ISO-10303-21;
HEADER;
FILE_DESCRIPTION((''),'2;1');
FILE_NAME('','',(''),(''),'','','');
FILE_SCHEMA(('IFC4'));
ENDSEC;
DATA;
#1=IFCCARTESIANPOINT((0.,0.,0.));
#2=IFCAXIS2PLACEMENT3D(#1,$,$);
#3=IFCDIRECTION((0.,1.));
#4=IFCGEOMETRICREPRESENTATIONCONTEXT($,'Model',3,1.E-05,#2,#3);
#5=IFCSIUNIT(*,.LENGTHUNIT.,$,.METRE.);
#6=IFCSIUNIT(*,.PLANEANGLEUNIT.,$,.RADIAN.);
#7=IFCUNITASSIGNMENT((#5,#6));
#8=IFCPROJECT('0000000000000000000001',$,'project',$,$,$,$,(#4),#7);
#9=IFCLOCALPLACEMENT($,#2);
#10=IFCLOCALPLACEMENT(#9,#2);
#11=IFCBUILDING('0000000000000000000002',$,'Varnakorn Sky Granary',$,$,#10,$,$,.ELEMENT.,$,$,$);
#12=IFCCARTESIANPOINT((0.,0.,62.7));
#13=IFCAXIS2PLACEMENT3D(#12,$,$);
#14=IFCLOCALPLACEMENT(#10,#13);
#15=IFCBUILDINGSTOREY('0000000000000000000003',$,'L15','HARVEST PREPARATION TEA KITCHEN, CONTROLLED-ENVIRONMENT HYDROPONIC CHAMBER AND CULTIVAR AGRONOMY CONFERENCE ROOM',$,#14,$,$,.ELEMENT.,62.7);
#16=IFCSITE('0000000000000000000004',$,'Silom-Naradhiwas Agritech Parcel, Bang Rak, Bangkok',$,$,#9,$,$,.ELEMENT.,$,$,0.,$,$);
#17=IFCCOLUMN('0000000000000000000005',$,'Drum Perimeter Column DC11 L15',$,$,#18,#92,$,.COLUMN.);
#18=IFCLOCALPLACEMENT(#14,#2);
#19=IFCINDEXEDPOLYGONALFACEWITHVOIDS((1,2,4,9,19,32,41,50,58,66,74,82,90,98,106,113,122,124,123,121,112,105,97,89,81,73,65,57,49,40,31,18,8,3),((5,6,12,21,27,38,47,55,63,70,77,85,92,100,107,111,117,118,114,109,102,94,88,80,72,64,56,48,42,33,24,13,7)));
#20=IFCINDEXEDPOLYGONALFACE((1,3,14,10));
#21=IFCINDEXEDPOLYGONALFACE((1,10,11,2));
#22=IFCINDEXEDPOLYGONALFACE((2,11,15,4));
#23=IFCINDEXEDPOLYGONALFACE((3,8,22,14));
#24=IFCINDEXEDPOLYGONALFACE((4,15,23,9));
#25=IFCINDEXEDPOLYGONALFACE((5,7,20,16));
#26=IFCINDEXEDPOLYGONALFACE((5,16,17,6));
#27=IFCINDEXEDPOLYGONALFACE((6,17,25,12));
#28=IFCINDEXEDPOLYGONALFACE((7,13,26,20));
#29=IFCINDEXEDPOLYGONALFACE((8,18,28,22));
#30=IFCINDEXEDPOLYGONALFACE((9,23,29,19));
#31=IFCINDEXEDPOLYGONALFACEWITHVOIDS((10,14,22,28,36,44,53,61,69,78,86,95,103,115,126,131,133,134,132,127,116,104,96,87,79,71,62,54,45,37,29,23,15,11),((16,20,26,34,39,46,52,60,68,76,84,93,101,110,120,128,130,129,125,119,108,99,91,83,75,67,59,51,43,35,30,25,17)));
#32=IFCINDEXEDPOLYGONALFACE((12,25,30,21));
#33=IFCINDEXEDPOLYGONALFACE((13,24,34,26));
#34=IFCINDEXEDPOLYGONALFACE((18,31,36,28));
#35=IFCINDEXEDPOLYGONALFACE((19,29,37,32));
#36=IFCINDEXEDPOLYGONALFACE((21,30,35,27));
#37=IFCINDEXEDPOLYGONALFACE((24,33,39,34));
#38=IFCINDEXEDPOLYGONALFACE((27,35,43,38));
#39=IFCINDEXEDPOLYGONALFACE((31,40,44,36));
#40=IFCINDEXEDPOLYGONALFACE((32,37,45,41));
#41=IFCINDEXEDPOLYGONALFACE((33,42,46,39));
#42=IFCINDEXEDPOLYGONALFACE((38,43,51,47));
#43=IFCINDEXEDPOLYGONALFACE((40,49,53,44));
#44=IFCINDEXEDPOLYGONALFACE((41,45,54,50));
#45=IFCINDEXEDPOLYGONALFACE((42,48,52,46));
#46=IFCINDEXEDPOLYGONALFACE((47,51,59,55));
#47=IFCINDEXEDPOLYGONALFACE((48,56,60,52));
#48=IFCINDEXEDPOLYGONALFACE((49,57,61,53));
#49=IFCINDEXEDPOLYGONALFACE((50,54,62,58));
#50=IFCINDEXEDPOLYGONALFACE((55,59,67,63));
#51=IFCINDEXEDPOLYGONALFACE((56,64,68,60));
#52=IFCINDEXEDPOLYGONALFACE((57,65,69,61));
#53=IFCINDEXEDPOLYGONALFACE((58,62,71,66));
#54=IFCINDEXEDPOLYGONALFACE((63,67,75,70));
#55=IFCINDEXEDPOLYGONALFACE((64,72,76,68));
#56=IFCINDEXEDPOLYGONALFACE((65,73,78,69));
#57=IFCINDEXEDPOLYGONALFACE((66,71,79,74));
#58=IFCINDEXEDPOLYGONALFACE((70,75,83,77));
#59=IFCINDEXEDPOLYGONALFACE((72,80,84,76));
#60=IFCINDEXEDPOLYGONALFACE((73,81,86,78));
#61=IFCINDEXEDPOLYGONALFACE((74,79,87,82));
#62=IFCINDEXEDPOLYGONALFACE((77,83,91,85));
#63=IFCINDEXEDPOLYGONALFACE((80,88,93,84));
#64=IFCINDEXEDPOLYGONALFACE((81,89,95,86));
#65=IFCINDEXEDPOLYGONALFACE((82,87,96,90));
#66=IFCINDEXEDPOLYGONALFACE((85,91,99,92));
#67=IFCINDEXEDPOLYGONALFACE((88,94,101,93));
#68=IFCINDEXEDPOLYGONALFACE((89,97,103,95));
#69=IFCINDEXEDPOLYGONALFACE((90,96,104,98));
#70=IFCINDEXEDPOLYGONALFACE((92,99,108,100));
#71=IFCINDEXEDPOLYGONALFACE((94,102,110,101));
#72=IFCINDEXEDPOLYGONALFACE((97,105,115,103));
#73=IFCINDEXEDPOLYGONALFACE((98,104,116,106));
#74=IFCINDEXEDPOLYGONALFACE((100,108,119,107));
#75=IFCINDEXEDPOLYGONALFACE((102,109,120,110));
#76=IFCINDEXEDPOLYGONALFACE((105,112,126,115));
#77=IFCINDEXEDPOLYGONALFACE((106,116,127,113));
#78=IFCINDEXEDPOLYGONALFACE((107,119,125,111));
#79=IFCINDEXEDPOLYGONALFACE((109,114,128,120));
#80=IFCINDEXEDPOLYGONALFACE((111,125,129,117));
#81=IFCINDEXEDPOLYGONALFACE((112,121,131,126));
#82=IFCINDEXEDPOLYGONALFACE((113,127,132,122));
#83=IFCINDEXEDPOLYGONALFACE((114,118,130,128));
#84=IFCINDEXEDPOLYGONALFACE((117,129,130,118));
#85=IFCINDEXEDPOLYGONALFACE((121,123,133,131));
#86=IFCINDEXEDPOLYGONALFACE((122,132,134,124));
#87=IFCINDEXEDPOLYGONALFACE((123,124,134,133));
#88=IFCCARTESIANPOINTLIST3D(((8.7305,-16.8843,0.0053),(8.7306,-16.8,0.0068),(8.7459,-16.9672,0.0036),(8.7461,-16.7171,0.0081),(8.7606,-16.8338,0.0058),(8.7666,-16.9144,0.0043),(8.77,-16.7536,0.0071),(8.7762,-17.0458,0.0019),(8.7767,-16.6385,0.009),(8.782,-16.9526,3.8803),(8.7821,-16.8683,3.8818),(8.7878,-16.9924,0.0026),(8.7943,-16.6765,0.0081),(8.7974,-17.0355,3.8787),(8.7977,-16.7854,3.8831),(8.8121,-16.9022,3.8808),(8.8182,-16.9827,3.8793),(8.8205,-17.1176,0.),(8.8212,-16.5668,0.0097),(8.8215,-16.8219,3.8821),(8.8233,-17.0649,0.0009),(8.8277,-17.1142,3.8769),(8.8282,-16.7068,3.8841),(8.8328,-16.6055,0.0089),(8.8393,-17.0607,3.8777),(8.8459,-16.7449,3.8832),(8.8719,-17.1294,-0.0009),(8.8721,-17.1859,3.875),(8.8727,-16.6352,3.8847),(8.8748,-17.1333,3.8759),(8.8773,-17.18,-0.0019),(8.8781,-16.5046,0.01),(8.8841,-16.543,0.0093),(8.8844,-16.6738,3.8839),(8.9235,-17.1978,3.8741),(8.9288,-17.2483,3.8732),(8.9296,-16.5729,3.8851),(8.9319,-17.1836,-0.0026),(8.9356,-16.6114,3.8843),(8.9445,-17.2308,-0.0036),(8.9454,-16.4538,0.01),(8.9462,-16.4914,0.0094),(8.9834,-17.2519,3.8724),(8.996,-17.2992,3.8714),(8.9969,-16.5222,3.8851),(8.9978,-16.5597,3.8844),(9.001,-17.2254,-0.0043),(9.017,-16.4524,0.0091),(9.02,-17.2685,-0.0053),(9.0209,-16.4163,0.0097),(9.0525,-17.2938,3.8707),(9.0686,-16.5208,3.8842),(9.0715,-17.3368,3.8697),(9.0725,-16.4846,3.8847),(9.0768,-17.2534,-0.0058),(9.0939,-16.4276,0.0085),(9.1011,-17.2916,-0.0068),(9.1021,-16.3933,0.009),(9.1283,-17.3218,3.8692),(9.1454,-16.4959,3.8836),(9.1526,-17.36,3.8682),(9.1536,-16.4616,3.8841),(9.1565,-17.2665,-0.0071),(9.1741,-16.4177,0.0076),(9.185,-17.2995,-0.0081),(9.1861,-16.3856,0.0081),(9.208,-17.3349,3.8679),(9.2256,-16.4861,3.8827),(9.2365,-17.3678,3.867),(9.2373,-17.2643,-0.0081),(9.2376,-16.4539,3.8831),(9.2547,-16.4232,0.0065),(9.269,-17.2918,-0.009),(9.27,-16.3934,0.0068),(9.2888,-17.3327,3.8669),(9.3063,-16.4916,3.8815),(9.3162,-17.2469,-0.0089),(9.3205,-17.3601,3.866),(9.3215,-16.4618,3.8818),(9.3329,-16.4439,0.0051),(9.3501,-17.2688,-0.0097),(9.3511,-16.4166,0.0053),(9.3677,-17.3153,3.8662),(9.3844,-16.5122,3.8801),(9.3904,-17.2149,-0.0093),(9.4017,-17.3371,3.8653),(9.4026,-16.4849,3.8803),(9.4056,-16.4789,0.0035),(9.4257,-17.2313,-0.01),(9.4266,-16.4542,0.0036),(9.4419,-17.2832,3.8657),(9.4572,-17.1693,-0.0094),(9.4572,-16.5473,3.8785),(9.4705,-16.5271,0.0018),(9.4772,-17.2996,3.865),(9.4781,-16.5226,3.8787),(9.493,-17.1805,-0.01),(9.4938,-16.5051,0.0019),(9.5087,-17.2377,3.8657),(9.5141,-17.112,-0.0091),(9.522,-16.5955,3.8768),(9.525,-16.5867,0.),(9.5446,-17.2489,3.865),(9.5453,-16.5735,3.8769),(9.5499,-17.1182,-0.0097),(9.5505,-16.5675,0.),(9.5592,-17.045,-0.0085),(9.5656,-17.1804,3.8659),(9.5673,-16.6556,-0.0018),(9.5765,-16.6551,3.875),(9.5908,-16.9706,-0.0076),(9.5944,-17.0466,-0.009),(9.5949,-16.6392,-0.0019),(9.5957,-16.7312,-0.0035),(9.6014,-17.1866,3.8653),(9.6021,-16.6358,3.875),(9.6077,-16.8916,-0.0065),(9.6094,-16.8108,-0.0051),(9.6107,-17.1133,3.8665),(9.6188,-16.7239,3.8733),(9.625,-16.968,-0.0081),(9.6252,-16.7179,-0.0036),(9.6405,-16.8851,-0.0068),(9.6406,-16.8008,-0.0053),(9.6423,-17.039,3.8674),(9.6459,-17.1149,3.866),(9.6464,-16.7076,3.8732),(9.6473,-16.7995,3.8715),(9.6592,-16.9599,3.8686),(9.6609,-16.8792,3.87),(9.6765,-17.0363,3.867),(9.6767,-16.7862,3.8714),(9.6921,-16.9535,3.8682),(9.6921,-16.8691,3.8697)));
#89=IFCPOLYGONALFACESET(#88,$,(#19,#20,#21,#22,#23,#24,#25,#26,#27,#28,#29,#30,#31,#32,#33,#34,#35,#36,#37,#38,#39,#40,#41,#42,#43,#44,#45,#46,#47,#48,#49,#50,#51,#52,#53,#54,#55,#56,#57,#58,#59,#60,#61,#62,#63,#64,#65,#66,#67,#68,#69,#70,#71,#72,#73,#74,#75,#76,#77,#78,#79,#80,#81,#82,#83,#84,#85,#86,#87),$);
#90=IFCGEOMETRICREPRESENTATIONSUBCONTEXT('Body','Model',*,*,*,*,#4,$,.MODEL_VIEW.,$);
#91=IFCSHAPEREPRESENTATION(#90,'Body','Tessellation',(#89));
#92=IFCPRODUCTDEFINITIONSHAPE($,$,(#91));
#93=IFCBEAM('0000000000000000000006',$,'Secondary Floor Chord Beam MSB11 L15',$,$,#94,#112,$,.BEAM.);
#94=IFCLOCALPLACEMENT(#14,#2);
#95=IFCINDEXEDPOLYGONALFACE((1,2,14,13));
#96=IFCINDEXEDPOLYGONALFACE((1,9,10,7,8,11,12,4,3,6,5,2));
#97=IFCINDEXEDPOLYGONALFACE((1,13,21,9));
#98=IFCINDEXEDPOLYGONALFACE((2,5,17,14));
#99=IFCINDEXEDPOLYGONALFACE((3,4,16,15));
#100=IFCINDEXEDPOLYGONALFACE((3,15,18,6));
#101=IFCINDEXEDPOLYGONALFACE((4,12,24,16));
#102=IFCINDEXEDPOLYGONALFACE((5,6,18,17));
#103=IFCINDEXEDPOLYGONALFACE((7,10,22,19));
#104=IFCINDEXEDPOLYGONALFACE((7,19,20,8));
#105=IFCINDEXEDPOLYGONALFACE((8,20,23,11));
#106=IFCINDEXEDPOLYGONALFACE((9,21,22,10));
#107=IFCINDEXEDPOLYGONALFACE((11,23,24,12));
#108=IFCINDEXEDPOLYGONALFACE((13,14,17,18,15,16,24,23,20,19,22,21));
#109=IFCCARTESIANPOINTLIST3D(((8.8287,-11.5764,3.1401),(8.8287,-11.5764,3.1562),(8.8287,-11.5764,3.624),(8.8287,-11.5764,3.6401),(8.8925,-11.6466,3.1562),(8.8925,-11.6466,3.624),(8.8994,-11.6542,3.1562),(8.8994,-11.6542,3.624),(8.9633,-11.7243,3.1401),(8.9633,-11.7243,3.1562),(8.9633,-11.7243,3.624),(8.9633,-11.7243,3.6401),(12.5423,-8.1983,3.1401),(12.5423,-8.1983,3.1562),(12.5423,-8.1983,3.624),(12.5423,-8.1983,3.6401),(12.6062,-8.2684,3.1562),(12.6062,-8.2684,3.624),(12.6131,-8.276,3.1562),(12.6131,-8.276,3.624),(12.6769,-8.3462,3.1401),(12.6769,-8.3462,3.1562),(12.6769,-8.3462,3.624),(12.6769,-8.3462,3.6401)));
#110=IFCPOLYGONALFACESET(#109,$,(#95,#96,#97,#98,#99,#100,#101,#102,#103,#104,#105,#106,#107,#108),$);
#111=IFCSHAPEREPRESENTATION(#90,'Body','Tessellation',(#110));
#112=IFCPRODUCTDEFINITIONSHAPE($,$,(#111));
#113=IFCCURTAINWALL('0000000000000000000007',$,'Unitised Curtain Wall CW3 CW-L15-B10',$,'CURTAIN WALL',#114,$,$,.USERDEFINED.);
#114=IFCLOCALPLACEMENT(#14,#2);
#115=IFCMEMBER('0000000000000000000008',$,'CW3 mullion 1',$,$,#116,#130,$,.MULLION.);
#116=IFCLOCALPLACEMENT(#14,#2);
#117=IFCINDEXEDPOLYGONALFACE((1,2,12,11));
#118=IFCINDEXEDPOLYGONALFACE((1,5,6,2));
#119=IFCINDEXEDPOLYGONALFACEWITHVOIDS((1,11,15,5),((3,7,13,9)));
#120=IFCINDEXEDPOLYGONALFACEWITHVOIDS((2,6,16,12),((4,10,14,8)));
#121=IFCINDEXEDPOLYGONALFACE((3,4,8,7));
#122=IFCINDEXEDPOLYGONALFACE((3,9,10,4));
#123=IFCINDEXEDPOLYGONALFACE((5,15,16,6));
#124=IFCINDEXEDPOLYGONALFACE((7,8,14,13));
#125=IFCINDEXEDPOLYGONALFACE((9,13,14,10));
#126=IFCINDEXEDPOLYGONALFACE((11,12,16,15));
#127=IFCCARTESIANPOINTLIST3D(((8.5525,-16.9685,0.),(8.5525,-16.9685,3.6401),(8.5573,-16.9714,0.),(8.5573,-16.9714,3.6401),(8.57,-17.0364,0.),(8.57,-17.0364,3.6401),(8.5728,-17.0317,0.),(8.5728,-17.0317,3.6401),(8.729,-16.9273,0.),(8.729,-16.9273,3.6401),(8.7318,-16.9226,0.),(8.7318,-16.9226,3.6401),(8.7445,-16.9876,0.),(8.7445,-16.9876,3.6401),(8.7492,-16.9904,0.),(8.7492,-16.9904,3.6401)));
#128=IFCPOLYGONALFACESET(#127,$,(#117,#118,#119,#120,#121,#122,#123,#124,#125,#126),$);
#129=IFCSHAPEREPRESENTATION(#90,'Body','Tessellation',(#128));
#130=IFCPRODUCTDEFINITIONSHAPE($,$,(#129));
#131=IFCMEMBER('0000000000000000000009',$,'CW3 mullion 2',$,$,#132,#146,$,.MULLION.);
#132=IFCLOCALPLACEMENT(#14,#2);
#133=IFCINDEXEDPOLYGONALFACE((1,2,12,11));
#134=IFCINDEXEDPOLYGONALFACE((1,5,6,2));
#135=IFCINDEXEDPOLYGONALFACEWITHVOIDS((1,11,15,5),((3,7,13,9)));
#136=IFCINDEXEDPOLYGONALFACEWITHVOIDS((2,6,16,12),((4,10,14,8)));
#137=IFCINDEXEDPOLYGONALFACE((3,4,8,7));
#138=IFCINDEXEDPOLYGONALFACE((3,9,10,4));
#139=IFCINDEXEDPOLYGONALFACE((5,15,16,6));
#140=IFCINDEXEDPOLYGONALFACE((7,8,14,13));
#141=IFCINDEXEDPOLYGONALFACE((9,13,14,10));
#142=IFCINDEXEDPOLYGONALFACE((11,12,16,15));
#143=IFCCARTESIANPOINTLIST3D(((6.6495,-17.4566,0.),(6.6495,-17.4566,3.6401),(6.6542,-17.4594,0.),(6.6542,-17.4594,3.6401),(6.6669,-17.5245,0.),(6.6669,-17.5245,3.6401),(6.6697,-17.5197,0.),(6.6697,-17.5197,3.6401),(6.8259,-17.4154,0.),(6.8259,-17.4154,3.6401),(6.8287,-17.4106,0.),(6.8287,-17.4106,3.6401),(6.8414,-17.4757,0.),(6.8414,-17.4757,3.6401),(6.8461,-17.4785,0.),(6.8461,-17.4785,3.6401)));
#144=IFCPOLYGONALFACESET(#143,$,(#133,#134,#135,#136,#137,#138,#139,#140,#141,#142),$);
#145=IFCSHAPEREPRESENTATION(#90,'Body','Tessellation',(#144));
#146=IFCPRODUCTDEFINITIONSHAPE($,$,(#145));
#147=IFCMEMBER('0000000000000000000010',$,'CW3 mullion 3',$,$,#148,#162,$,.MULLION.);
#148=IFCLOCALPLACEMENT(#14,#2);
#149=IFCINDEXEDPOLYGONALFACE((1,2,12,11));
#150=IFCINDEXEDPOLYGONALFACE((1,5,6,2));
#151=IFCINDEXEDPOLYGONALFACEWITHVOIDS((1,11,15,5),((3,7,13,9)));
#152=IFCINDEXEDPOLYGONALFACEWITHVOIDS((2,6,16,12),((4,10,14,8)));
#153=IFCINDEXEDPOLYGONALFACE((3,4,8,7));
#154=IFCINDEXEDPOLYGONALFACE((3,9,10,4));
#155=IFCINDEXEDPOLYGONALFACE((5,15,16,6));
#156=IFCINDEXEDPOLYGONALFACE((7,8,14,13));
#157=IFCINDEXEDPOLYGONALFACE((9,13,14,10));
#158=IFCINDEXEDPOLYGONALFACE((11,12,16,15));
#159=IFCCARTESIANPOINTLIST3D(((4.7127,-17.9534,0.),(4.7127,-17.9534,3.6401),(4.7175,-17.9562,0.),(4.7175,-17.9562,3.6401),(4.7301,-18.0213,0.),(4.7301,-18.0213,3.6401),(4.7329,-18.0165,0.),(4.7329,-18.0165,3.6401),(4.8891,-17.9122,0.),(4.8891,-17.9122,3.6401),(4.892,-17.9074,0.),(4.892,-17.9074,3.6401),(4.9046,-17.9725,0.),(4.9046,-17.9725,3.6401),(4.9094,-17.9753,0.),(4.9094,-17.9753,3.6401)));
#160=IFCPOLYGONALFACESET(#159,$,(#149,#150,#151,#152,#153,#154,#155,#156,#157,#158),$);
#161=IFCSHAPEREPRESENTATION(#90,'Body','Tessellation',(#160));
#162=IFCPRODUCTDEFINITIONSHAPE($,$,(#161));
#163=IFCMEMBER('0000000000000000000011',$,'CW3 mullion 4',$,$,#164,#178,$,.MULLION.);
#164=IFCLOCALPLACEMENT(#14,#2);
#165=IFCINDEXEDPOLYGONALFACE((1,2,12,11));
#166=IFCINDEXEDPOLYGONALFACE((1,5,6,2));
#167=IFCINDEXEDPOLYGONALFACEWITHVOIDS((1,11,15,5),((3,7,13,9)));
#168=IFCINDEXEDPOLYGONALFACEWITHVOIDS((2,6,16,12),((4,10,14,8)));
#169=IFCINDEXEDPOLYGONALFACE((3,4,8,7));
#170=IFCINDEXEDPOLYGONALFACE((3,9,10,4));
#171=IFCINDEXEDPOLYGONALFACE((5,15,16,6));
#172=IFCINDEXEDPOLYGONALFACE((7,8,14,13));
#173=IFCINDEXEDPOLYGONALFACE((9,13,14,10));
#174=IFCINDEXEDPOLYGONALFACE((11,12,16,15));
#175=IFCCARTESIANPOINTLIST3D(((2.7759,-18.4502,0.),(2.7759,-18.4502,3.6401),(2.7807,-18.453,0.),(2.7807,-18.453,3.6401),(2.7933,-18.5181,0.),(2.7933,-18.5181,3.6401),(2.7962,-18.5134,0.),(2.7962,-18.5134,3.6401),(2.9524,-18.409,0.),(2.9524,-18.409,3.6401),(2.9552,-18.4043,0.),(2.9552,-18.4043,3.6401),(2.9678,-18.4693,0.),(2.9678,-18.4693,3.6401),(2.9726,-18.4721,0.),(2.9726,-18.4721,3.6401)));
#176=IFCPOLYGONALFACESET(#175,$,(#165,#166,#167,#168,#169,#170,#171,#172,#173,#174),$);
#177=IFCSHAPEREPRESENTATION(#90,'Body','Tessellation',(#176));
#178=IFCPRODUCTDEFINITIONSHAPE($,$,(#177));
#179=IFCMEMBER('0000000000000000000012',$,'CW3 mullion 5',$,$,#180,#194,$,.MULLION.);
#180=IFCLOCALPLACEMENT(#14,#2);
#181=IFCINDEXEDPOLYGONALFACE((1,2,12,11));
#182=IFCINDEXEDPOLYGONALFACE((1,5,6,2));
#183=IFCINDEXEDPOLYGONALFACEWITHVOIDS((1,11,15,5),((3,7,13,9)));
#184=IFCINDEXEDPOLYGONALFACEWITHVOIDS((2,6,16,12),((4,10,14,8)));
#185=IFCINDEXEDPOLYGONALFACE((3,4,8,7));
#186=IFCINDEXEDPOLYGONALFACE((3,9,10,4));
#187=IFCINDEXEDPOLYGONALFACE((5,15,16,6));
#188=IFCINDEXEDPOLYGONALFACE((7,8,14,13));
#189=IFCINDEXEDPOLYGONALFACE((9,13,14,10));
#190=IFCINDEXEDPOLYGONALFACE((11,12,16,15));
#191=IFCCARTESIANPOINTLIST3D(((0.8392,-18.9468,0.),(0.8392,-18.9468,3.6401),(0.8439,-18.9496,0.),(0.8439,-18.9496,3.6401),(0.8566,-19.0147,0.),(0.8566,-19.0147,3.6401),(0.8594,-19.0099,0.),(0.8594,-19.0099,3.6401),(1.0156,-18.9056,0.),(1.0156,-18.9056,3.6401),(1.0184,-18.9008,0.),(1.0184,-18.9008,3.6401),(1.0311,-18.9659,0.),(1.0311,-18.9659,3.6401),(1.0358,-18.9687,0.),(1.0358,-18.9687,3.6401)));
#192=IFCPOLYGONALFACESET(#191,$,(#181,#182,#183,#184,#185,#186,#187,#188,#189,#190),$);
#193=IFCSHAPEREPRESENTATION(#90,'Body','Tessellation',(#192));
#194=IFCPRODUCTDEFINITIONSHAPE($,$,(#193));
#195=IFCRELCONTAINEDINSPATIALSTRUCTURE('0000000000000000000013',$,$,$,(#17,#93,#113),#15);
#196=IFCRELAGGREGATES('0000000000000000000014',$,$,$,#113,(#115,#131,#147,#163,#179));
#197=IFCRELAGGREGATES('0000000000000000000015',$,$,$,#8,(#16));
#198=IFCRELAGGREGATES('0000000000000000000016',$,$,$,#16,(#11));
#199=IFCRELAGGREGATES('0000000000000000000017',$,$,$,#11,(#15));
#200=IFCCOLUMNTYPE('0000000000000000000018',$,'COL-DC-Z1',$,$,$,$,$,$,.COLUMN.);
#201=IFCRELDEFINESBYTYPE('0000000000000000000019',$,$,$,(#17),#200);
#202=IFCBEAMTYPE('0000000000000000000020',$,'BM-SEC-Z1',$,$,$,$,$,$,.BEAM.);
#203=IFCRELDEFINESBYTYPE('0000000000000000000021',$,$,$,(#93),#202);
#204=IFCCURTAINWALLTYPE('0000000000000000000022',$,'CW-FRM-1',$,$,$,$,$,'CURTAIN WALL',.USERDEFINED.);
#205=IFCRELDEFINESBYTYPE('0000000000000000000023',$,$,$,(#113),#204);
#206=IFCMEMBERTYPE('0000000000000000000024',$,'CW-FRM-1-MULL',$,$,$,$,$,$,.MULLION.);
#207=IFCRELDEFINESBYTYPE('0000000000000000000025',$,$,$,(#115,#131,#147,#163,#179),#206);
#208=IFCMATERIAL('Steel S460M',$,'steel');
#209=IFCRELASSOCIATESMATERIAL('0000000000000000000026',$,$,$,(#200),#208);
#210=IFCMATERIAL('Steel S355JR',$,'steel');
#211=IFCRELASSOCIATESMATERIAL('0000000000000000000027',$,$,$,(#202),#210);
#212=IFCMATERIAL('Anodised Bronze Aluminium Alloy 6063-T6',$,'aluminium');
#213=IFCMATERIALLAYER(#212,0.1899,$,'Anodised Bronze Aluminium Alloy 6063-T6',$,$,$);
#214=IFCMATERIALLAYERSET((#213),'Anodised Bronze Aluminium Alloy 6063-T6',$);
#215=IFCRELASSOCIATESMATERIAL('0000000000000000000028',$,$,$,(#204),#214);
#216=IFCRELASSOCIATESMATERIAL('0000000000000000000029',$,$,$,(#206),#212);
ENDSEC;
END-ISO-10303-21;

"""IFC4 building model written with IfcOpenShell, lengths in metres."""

from ifc_helpers import new_model, si_unit, direction, frame, origin, origin_2d, place, context, subcontext, project, spatial, hollow_rectangle, hollow_circle, i_section, extrude, material, layer, layer_set, material_profile, profile_set, type_object, element, aggregate, save


model = new_model("IFC4")

# Units and contexts
model_context = context("Model", 3, precision=1e-05, world=origin(), true_north=direction((0.0, 1.0)))
body_context = subcontext(model_context, "Body", "Model", "MODEL_VIEW")
ifc_project = project(units=[si_unit("LENGTHUNIT", "METRE"), si_unit("PLANEANGLEUNIT", "RADIAN")], contexts=[model_context])

# Site, building, storey
site_placement = place(None, origin())
site = spatial("IfcSite", under=ifc_project, at=site_placement, Name="Silom-Naradhiwas Agritech Parcel, Bang Rak, Bangkok", CompositionType="ELEMENT", RefElevation=0.0)
building_placement = place(site_placement, origin())
building = spatial("IfcBuilding", under=site, at=building_placement, Name="Varnakorn Sky Granary", CompositionType="ELEMENT")
storey_placement = place(building_placement, frame((0.0, 0.0, 62.7)))
storey = spatial("IfcBuildingStorey", under=building, at=storey_placement, Name="L15", Description="HARVEST PREPARATION TEA KITCHEN, CONTROLLED-ENVIRONMENT HYDROPONIC CHAMBER AND CULTIVAR AGRONOMY CONFERENCE ROOM", CompositionType="ELEMENT", Elevation=62.7)

# Column
ifc_material_1 = material(Name="Steel S460M", Category="steel")
ifc_material_profile_1 = material_profile(ifc_material_1, hollow_circle(Radius=0.457, WallThickness=0.032, at=origin_2d()), Name="CHS 914x32")
ifc_profile_set_1 = profile_set([ifc_material_profile_1], Name="Steel S460M")
column_type = type_object("IfcColumnType", Name="COL-DC-Z1", PredefinedType="COLUMN", material=ifc_profile_set_1)
column_placement = place(storey_placement, frame((9.1855, -16.8425, 0.0), z_axis=(0.013291, -0.017637, 0.999756), x_axis=(0.798629, 0.601824, 0.0)))
element("IfcColumn", 1, at=column_placement, inside=storey, type_object=column_type, Name="Drum Perimeter Column DC11 L15", PredefinedType="COLUMN", context=body_context, shape_type="SweptSolid", body=[
    extrude(hollow_circle(Radius=0.457, WallThickness=0.032, at=origin_2d()), origin(), (0.0, 0.0, 1.0), 3.876),
])

# Beam
ifc_material_2 = material(Name="Steel S355JR", Category="steel")
ifc_material_profile_2 = material_profile(ifc_material_2, i_section(OverallWidth=0.2, OverallDepth=0.5, WebThickness=0.0103, FlangeThickness=0.0161, at=origin_2d()), Name="IPE 500")
ifc_profile_set_2 = profile_set([ifc_material_profile_2], Name="Steel S355JR")
beam_type = type_object("IfcBeamType", Name="BM-SEC-Z1", PredefinedType="BEAM", material=ifc_profile_set_2)
beam_placement = place(storey_placement, frame((8.896, -11.6504, 3.3901), z_axis=(0.739727, 0.672908, 0.0), x_axis=(-0.672908, 0.739727, 0.0)))
element("IfcBeam", 2, at=beam_placement, inside=storey, type_object=beam_type, Name="Secondary Floor Chord Beam MSB11 L15", PredefinedType="BEAM", context=body_context, shape_type="SweptSolid", body=[
    extrude(i_section(OverallWidth=0.2, OverallDepth=0.5, WebThickness=0.0103, FlangeThickness=0.0161, at=origin_2d()), origin(), (0.0, 0.0, 1.0), 5.0203),
])

# Curtain wall, members
ifc_material_3 = material(Name="Anodised Bronze Aluminium Alloy 6063-T6", Category="aluminium")
ifc_layer_1 = layer(ifc_material_3, 0.1899, Name="Anodised Bronze Aluminium Alloy 6063-T6")
ifc_layer_set_1 = layer_set([ifc_layer_1], Name="Anodised Bronze Aluminium Alloy 6063-T6")
curtain_wall_type = type_object("IfcCurtainWallType", Name="CW-FRM-1", ElementType="CURTAIN WALL", PredefinedType="USERDEFINED", material=ifc_layer_set_1)
curtain_wall_placement = place(storey_placement, origin())
curtain_wall = element("IfcCurtainWall", 3, at=curtain_wall_placement, inside=storey, type_object=curtain_wall_type, Name="Unitised Curtain Wall CW3 CW-L15-B10", ObjectType="CURTAIN WALL", PredefinedType="USERDEFINED")
ifc_material_profile_3 = material_profile(ifc_material_3, hollow_rectangle(XDim=0.0701, YDim=0.1851, WallThickness=0.0039, at=origin_2d()), Name="ALU MULL 70x185")
ifc_profile_set_3 = profile_set([ifc_material_profile_3], Name="Anodised Bronze Aluminium Alloy 6063-T6")
member_type_1 = type_object("IfcMemberType", Name="CW-FRM-1-MULL", PredefinedType="MULLION", material=ifc_profile_set_3)
member_1_placement = place(storey_placement, frame((8.6509, -16.9795, 0.0), z_axis=(0.0, 0.0, 1.0), x_axis=(0.248436, -0.968648, 0.0)))
member_1 = element("IfcMember", 4, at=member_1_placement, type_object=member_type_1, Name="CW3 mullion 1", PredefinedType="MULLION", context=body_context, shape_type="SweptSolid", body=[
    extrude(hollow_rectangle(XDim=0.0701, YDim=0.1851, WallThickness=0.0039, at=origin_2d()), origin(), (0.0, 0.0, 1.0), 3.6401),
])
member_2_placement = place(storey_placement, frame((6.7478, -17.4675, 0.0), z_axis=(0.0, 0.0, 1.0), x_axis=(0.248436, -0.968648, 0.0)))
member_2 = element("IfcMember", 5, at=member_2_placement, type_object=member_type_1, Name="CW3 mullion 2", PredefinedType="MULLION", context=body_context, shape_type="SweptSolid", body=[
    extrude(hollow_rectangle(XDim=0.0701, YDim=0.1851, WallThickness=0.0039, at=origin_2d()), origin(), (0.0, 0.0, 1.0), 3.6401),
])
member_3_placement = place(storey_placement, frame((4.811, -17.9644, 0.0), z_axis=(0.0, 0.0, 1.0), x_axis=(0.248436, -0.968648, 0.0)))
member_3 = element("IfcMember", 6, at=member_3_placement, type_object=member_type_1, Name="CW3 mullion 3", PredefinedType="MULLION", context=body_context, shape_type="SweptSolid", body=[
    extrude(hollow_rectangle(XDim=0.0701, YDim=0.1851, WallThickness=0.0039, at=origin_2d()), origin(), (0.0, 0.0, 1.0), 3.6401),
])
member_4_placement = place(storey_placement, frame((2.8743, -18.4612, 0.0), z_axis=(0.0, 0.0, 1.0), x_axis=(0.248436, -0.968648, 0.0)))
member_4 = element("IfcMember", 7, at=member_4_placement, type_object=member_type_1, Name="CW3 mullion 4", PredefinedType="MULLION", context=body_context, shape_type="SweptSolid", body=[
    extrude(hollow_rectangle(XDim=0.0701, YDim=0.1851, WallThickness=0.0039, at=origin_2d()), origin(), (0.0, 0.0, 1.0), 3.6401),
])
member_5_placement = place(storey_placement, frame((0.9375, -18.9578, 0.0), z_axis=(0.0, 0.0, 1.0), x_axis=(0.248436, -0.968648, 0.0)))
member_5 = element("IfcMember", 8, at=member_5_placement, type_object=member_type_1, Name="CW3 mullion 5", PredefinedType="MULLION", context=body_context, shape_type="SweptSolid", body=[
    extrude(hollow_rectangle(XDim=0.0701, YDim=0.1851, WallThickness=0.0039, at=origin_2d()), origin(), (0.0, 0.0, 1.0), 3.6401),
])
aggregate(curtain_wall, [member_1, member_2, member_3, member_4, member_5])

save(model, "model.ifc")
